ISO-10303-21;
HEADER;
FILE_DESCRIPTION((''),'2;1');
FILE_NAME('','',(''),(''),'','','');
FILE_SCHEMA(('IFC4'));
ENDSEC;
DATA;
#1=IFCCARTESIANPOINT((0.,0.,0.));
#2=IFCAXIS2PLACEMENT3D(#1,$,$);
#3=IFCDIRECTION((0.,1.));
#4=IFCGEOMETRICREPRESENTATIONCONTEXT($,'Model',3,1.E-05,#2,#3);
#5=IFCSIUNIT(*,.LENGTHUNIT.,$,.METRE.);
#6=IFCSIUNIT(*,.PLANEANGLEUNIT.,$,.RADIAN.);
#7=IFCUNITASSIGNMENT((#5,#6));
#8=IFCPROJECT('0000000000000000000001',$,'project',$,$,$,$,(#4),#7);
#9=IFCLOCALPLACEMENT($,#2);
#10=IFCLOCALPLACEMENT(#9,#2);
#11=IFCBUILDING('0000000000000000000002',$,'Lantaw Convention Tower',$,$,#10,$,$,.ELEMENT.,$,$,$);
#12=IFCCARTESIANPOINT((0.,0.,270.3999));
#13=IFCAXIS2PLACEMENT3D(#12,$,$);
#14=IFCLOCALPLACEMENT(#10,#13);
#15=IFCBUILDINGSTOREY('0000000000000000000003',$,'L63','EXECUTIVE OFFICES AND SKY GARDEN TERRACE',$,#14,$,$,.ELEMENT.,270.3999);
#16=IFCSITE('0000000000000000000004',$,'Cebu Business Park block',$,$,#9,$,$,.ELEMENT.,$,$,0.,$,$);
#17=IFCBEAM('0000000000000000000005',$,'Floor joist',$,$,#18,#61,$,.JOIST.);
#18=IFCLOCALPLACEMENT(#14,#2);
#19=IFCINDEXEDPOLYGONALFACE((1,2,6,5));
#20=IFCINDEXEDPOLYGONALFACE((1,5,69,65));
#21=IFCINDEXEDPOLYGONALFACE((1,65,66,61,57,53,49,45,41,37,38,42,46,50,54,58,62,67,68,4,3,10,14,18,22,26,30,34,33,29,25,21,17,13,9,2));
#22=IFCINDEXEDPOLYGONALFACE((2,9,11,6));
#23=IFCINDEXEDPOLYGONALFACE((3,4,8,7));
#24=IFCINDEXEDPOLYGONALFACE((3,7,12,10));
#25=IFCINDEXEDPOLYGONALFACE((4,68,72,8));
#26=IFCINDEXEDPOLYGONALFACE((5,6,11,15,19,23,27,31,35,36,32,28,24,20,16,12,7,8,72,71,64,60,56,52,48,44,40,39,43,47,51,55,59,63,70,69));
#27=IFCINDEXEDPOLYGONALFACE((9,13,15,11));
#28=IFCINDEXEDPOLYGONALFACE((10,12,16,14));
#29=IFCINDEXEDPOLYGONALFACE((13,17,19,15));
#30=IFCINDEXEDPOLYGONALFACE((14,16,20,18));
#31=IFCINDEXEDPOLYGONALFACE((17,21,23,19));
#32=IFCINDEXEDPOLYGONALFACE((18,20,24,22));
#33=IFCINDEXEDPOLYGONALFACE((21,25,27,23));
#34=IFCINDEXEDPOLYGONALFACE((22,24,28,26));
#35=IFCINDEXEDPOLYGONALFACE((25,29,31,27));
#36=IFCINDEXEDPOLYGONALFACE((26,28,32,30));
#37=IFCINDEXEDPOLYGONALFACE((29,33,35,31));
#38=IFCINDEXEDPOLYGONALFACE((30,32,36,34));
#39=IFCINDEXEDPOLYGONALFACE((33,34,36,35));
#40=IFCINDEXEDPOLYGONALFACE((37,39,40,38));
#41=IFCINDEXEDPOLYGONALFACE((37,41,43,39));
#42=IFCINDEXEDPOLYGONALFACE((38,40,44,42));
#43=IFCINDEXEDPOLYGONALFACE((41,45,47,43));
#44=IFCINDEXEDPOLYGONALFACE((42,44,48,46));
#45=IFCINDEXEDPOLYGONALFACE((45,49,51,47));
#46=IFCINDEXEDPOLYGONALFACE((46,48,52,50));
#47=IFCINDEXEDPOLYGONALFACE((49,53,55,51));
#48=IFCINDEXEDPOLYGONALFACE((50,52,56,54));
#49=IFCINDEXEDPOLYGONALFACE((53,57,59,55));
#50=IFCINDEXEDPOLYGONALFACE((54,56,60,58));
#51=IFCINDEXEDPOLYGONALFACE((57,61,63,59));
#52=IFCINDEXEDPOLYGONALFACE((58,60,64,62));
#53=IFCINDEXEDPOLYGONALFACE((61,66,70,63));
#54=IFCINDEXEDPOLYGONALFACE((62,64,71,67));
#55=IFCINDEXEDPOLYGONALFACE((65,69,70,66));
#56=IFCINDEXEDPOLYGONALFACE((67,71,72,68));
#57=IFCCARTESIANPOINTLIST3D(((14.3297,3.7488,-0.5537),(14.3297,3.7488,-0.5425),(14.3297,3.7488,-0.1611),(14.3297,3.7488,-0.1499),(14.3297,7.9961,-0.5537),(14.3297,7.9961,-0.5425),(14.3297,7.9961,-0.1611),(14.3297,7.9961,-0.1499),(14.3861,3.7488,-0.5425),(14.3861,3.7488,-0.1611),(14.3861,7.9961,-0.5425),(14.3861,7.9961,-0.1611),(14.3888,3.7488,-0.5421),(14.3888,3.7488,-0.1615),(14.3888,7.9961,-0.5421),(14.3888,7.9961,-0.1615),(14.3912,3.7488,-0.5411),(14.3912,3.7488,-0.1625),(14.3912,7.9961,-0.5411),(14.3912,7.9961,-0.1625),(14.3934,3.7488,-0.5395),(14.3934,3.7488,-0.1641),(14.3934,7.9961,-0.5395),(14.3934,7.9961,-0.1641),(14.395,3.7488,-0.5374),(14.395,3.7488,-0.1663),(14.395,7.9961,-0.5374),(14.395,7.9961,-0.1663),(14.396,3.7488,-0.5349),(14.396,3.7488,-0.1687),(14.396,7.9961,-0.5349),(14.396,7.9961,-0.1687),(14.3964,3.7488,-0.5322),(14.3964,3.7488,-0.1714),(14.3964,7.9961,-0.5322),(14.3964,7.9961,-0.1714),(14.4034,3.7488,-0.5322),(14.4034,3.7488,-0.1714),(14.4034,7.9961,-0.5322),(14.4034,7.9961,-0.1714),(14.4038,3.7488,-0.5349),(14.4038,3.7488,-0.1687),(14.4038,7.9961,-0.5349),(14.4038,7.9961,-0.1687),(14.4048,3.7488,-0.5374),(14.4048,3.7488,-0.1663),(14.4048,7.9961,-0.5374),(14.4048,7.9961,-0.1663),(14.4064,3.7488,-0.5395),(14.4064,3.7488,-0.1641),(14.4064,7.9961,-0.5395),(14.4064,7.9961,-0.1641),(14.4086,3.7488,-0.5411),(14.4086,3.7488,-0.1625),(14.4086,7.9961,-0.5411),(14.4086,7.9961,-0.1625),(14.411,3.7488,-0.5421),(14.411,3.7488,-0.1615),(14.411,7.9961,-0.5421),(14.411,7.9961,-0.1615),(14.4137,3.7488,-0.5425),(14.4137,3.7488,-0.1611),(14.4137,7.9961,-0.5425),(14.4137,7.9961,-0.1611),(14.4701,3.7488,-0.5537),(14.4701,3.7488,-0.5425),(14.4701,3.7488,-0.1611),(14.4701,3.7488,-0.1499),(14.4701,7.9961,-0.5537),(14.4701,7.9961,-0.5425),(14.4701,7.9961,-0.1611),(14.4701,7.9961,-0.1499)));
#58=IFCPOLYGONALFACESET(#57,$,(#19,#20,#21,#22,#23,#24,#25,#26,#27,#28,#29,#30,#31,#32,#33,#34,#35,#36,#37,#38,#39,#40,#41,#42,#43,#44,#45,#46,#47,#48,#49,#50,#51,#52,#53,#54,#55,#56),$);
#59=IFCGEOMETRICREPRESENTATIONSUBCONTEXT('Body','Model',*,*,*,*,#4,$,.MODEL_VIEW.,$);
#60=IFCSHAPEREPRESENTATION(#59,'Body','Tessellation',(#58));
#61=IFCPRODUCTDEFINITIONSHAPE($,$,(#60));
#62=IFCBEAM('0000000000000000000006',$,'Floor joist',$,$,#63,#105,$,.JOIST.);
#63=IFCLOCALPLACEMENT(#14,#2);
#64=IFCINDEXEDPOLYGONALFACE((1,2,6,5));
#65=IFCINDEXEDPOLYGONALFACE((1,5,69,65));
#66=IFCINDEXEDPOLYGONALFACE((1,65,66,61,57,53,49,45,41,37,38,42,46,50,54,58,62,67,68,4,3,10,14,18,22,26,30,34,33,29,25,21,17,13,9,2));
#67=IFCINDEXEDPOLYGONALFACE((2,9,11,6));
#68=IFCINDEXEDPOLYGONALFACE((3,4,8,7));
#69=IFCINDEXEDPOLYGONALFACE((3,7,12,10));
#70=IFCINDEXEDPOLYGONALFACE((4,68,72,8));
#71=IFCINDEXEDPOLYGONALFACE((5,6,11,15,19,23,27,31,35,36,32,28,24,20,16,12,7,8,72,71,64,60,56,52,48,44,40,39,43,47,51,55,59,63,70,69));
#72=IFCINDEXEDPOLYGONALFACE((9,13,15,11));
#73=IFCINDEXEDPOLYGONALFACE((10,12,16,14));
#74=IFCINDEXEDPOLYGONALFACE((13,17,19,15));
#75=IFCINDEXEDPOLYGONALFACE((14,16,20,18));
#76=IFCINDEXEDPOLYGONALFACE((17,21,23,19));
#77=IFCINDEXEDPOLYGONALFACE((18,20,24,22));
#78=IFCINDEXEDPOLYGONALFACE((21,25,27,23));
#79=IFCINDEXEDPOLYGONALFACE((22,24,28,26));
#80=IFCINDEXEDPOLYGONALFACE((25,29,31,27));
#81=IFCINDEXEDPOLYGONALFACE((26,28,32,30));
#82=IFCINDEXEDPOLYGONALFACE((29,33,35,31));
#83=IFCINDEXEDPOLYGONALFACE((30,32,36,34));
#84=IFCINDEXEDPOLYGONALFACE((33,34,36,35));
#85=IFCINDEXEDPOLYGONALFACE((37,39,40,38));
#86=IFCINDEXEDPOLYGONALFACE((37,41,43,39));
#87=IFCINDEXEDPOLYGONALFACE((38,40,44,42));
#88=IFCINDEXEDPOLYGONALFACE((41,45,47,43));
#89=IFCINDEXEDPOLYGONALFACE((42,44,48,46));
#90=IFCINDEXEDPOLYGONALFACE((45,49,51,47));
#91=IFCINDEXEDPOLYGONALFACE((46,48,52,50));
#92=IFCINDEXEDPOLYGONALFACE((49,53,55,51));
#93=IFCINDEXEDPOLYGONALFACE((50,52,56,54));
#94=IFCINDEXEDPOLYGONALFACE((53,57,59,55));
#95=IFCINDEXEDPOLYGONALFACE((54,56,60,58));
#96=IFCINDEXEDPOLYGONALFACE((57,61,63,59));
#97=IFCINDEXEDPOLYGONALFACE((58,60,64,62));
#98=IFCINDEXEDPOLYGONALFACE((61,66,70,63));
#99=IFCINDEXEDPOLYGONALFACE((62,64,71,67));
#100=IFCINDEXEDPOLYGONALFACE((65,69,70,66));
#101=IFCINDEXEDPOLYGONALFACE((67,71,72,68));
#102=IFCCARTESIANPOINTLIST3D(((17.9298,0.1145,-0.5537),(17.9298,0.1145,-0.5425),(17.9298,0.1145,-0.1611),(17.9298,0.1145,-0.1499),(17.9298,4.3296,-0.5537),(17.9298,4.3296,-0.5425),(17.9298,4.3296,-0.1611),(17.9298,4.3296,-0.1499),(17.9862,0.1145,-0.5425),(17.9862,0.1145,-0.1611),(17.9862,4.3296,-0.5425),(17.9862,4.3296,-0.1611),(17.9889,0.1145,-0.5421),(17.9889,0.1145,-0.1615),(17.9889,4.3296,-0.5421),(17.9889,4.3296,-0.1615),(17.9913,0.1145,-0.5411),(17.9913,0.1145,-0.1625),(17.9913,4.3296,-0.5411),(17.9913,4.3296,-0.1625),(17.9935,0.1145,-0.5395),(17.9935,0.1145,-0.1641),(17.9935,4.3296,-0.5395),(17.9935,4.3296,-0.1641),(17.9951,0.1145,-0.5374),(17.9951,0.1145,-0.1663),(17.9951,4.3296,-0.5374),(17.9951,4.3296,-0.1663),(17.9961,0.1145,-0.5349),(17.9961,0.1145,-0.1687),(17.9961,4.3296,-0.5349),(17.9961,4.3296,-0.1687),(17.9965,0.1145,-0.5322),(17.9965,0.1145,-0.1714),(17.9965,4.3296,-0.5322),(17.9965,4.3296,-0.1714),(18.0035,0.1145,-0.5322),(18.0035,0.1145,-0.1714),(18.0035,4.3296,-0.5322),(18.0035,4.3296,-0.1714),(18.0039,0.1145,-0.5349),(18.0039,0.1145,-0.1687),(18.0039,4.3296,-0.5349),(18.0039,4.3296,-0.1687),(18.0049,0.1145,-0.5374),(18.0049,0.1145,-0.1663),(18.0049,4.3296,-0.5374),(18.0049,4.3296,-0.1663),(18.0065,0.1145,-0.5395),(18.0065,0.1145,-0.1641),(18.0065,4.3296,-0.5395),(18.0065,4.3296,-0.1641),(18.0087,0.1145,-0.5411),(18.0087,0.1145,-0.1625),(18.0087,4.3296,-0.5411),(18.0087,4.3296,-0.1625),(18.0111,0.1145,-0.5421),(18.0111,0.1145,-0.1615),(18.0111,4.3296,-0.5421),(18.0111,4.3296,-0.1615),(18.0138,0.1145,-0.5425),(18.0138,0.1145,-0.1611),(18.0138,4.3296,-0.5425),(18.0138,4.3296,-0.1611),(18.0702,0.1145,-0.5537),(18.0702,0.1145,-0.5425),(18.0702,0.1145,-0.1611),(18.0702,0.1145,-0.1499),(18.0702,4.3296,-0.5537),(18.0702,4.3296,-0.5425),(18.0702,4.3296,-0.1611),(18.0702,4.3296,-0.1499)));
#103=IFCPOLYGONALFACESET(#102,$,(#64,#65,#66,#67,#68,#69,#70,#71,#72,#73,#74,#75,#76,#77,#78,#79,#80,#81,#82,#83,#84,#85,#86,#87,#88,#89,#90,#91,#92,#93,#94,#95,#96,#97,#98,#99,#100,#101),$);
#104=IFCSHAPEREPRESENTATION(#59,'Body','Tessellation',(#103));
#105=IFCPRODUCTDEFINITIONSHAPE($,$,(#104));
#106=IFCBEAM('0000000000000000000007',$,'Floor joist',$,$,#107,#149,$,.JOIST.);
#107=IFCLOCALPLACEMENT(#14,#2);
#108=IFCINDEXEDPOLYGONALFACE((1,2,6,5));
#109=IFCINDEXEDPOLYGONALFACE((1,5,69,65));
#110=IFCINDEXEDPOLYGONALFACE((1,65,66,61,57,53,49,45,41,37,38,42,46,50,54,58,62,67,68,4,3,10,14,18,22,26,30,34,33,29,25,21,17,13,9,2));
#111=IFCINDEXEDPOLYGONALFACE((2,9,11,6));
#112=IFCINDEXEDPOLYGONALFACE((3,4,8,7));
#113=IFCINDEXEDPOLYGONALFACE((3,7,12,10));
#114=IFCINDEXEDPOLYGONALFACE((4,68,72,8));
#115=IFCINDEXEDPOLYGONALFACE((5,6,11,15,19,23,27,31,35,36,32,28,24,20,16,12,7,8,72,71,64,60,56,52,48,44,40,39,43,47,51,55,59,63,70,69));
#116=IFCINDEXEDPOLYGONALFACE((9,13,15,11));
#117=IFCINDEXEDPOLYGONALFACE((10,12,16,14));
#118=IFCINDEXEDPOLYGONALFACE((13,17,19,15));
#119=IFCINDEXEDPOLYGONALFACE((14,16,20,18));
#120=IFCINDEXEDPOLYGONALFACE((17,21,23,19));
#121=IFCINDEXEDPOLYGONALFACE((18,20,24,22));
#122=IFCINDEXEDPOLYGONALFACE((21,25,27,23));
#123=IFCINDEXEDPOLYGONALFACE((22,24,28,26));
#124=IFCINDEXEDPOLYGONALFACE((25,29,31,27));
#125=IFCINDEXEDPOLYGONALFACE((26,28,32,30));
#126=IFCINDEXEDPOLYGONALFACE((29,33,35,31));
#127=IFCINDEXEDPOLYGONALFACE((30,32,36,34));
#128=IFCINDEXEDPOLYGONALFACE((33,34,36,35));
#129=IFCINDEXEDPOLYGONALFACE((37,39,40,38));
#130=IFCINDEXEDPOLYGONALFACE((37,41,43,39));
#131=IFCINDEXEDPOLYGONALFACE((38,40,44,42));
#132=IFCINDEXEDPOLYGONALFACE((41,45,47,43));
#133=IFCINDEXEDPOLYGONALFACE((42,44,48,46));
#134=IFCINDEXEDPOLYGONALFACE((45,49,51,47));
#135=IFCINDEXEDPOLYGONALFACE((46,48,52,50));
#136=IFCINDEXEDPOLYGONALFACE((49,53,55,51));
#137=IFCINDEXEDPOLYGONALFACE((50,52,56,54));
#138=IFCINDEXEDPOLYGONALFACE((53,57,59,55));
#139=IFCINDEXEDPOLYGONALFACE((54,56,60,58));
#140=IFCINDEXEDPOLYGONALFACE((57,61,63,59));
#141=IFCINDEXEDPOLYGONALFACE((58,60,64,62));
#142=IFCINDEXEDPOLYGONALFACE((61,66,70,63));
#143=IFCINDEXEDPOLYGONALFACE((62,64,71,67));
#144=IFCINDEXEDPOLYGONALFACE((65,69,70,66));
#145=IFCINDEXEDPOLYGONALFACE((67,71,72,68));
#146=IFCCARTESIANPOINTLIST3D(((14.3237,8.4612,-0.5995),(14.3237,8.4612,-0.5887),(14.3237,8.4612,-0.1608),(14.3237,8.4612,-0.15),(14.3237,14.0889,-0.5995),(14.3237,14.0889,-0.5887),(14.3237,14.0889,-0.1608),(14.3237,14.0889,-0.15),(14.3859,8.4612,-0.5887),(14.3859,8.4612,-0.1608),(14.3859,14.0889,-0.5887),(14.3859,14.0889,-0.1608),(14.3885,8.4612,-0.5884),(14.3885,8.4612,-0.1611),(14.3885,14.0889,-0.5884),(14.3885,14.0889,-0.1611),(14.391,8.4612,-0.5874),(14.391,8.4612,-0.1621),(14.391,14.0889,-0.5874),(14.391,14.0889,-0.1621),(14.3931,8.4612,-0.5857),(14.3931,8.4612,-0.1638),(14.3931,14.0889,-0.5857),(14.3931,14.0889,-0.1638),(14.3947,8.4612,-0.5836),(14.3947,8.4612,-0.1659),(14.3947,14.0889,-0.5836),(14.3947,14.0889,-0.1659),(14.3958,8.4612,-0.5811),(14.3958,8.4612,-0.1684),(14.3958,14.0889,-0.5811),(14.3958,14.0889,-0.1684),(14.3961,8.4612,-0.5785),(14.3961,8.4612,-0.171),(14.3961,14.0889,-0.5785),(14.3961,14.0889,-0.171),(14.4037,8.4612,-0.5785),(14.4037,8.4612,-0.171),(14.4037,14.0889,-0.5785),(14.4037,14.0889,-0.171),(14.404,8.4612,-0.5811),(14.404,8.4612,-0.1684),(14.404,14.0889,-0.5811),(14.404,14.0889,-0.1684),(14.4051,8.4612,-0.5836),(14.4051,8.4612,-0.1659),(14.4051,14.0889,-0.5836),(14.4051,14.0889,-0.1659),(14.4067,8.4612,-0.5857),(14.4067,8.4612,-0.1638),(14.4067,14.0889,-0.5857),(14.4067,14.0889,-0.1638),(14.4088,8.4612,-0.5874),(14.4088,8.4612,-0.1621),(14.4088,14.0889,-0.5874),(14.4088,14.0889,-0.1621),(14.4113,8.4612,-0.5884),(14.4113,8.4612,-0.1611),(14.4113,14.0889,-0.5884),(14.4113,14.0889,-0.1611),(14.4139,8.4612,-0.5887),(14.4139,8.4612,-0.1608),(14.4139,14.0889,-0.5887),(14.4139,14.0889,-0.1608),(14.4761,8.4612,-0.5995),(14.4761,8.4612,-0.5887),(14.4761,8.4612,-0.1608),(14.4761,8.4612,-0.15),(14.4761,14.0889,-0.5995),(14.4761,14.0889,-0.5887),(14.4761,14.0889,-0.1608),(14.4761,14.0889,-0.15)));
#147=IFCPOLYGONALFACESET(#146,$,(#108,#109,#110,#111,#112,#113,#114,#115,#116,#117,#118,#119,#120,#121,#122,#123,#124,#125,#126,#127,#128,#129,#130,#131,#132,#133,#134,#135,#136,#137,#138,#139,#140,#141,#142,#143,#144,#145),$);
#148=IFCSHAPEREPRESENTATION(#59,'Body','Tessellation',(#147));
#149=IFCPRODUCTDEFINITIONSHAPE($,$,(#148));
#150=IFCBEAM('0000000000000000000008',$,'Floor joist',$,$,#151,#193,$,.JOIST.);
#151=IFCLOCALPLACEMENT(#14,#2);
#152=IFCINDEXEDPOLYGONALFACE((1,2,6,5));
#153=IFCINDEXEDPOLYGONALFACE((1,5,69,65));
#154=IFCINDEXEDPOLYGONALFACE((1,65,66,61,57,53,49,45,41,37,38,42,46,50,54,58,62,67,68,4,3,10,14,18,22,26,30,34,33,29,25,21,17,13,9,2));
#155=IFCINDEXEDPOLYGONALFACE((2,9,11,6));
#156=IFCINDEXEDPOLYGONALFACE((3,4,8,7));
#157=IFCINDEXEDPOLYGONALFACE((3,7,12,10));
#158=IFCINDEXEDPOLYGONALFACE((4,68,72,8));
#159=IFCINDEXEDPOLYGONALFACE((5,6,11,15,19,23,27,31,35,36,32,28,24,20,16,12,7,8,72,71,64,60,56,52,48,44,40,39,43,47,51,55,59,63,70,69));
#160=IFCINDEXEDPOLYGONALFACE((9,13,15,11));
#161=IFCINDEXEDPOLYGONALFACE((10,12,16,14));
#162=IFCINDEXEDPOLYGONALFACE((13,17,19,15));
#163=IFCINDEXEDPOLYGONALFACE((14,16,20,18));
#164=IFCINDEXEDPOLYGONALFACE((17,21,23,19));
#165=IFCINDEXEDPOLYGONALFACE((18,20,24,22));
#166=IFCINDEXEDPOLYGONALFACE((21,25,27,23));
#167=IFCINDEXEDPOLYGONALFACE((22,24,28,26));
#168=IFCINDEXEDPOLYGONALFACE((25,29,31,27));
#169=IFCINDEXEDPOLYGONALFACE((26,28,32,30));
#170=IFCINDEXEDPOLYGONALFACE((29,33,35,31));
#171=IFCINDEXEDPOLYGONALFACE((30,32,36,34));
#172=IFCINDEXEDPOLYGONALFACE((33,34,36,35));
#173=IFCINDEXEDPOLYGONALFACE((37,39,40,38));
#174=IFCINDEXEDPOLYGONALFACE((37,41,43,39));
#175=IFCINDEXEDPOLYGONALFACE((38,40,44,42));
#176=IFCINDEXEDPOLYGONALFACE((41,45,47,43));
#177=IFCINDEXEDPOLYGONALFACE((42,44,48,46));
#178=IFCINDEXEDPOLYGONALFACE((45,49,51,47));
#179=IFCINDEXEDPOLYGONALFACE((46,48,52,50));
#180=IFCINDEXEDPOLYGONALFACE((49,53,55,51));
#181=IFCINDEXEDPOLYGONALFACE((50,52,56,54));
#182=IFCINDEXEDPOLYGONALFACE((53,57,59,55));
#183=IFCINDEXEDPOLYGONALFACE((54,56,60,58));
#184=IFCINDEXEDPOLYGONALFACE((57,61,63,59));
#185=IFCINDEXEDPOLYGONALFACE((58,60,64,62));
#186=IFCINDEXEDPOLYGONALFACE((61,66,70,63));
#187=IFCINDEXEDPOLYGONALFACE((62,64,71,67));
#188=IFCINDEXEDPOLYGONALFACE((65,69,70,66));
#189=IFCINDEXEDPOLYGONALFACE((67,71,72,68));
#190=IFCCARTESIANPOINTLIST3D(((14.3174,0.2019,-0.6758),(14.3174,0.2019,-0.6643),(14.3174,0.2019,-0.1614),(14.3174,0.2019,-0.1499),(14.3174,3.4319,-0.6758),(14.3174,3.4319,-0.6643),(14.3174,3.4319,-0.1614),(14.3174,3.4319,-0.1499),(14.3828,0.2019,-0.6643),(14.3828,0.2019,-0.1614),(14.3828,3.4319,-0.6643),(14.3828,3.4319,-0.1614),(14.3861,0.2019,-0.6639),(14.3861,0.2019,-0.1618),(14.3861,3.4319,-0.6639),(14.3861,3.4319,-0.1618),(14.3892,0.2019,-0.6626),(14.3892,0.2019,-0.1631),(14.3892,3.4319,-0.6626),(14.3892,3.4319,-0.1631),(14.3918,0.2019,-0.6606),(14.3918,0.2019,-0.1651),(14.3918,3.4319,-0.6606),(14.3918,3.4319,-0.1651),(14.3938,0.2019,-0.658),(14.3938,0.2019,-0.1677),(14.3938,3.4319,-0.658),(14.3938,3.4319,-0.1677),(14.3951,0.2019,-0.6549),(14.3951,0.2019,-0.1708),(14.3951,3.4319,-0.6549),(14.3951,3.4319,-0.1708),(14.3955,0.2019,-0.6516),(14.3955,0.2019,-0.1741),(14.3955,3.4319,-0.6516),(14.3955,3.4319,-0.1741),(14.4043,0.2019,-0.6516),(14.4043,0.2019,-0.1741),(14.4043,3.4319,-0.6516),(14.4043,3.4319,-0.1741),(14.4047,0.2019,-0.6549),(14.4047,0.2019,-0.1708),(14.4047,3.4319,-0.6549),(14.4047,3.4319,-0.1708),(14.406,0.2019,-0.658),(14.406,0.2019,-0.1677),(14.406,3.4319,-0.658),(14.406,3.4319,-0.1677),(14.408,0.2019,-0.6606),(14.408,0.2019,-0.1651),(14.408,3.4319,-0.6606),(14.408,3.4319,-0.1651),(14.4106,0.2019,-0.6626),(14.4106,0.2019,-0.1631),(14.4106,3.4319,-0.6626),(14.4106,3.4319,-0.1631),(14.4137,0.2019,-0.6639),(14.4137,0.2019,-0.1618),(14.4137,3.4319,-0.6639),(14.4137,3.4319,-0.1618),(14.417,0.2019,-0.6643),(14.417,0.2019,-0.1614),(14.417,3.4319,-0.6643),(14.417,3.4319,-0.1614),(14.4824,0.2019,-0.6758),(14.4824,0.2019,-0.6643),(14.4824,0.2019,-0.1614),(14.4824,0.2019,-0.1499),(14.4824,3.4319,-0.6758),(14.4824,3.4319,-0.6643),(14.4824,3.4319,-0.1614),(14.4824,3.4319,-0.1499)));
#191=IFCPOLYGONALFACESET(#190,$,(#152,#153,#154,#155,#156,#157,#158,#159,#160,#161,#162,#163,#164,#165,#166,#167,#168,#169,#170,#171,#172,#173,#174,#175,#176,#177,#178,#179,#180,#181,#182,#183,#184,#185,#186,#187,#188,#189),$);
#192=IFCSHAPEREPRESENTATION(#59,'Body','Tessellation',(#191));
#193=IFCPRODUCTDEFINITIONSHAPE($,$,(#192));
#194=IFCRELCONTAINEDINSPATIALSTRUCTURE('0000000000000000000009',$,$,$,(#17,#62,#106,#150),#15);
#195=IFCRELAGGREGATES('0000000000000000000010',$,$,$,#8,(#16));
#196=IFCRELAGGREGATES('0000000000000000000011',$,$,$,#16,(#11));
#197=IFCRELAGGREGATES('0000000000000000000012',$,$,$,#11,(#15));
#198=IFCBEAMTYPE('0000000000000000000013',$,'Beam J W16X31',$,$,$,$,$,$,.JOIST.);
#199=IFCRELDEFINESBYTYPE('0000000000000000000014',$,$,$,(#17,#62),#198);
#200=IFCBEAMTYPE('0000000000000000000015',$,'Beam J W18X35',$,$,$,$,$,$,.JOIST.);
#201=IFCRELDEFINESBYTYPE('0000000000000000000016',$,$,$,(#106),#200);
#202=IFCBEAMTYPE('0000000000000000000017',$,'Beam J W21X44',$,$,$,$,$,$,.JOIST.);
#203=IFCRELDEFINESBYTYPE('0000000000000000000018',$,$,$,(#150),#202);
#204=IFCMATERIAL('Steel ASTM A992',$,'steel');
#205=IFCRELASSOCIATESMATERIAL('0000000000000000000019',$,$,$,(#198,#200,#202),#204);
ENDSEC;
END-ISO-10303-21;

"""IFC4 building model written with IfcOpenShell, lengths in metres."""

from ifc_helpers import new_model, si_unit, direction, frame, origin, origin_2d, place, context, subcontext, project, spatial, i_section, extrude, material, material_profile, profile_set, type_object, element, save


model = new_model("IFC4")

# Units and contexts
model_context = context("Model", 3, precision=1e-05, world=origin(), true_north=direction((0.0, 1.0)))
body_context = subcontext(model_context, "Body", "Model", "MODEL_VIEW")
ifc_project = project(units=[si_unit("LENGTHUNIT", "METRE"), si_unit("PLANEANGLEUNIT", "RADIAN")], contexts=[model_context])

# Site, building, storey
site_placement = place(None, origin())
site = spatial("IfcSite", under=ifc_project, at=site_placement, Name="Cebu Business Park block", CompositionType="ELEMENT", RefElevation=0.0)
building_placement = place(site_placement, origin())
building = spatial("IfcBuilding", under=site, at=building_placement, Name="Lantaw Convention Tower", CompositionType="ELEMENT")
storey_placement = place(building_placement, frame((0.0, 0.0, 270.3999)))
storey = spatial("IfcBuildingStorey", under=building, at=storey_placement, Name="L63", Description="EXECUTIVE OFFICES AND SKY GARDEN TERRACE", CompositionType="ELEMENT", Elevation=270.3999)

# Beams
ifc_material_1 = material(Name="Steel ASTM A992", Category="steel")
ifc_material_profile_1 = material_profile(ifc_material_1, i_section(OverallWidth=0.1404, OverallDepth=0.4038, WebThickness=0.0071, FlangeThickness=0.0112, FilletRadius=0.0103, at=origin_2d()), Name="W16X31")
ifc_profile_set_1 = profile_set([ifc_material_profile_1], Name="Steel ASTM A992")
beam_type_1 = type_object("IfcBeamType", Name="Beam J W16X31", PredefinedType="JOIST", material=ifc_profile_set_1)
beam_1_placement = place(storey_placement, frame((14.3999, 3.7488, -0.3518), z_axis=(0.0, 1.0, 0.0), x_axis=(-1.0, 0.0, 0.0)))
element("IfcBeam", 1, at=beam_1_placement, inside=storey, type_object=beam_type_1, Name="Floor joist", PredefinedType="JOIST", context=body_context, shape_type="SweptSolid", body=[
    extrude(i_section(OverallWidth=0.1404, OverallDepth=0.4038, WebThickness=0.0071, FlangeThickness=0.0112, FilletRadius=0.0103, at=origin_2d()), origin(), (0.0, 0.0, 1.0), 4.2473),
])
beam_2_placement = place(storey_placement, frame((18.0, 0.1145, -0.3518), z_axis=(0.0, 1.0, 0.0), x_axis=(-1.0, 0.0, 0.0)))
element("IfcBeam", 2, at=beam_2_placement, inside=storey, type_object=beam_type_1, Name="Floor joist", PredefinedType="JOIST", context=body_context, shape_type="SweptSolid", body=[
    extrude(i_section(OverallWidth=0.1404, OverallDepth=0.4038, WebThickness=0.0071, FlangeThickness=0.0112, FilletRadius=0.0103, at=origin_2d()), origin(), (0.0, 0.0, 1.0), 4.2151),
])
ifc_material_profile_2 = material_profile(ifc_material_1, i_section(OverallWidth=0.1523, OverallDepth=0.4495, WebThickness=0.0076, FlangeThickness=0.0107, FilletRadius=0.0103, at=origin_2d()), Name="W18X35")
ifc_profile_set_2 = profile_set([ifc_material_profile_2], Name="Steel ASTM A992")
beam_type_2 = type_object("IfcBeamType", Name="Beam J W18X35", PredefinedType="JOIST", material=ifc_profile_set_2)
beam_3_placement = place(storey_placement, frame((14.3999, 8.4612, -0.3748), z_axis=(0.0, 1.0, 0.0), x_axis=(-1.0, 0.0, 0.0)))
element("IfcBeam", 3, at=beam_3_placement, inside=storey, type_object=beam_type_2, Name="Floor joist", PredefinedType="JOIST", context=body_context, shape_type="SweptSolid", body=[
    extrude(i_section(OverallWidth=0.1523, OverallDepth=0.4495, WebThickness=0.0076, FlangeThickness=0.0107, FilletRadius=0.0103, at=origin_2d()), origin(), (0.0, 0.0, 1.0), 5.6277),
])
ifc_material_profile_3 = material_profile(ifc_material_1, i_section(OverallWidth=0.165, OverallDepth=0.5259, WebThickness=0.0088, FlangeThickness=0.0115, FilletRadius=0.0127, at=origin_2d()), Name="W21X44")
ifc_profile_set_3 = profile_set([ifc_material_profile_3], Name="Steel ASTM A992")
beam_type_3 = type_object("IfcBeamType", Name="Beam J W21X44", PredefinedType="JOIST", material=ifc_profile_set_3)
beam_4_placement = place(storey_placement, frame((14.3999, 0.2019, -0.4128), z_axis=(0.0, 1.0, 0.0), x_axis=(-1.0, 0.0, 0.0)))
element("IfcBeam", 4, at=beam_4_placement, inside=storey, type_object=beam_type_3, Name="Floor joist", PredefinedType="JOIST", context=body_context, shape_type="SweptSolid", body=[
    extrude(i_section(OverallWidth=0.165, OverallDepth=0.5259, WebThickness=0.0088, FlangeThickness=0.0115, FilletRadius=0.0127, at=origin_2d()), origin(), (0.0, 0.0, 1.0), 3.23),
])

save(model, "model.ifc")
